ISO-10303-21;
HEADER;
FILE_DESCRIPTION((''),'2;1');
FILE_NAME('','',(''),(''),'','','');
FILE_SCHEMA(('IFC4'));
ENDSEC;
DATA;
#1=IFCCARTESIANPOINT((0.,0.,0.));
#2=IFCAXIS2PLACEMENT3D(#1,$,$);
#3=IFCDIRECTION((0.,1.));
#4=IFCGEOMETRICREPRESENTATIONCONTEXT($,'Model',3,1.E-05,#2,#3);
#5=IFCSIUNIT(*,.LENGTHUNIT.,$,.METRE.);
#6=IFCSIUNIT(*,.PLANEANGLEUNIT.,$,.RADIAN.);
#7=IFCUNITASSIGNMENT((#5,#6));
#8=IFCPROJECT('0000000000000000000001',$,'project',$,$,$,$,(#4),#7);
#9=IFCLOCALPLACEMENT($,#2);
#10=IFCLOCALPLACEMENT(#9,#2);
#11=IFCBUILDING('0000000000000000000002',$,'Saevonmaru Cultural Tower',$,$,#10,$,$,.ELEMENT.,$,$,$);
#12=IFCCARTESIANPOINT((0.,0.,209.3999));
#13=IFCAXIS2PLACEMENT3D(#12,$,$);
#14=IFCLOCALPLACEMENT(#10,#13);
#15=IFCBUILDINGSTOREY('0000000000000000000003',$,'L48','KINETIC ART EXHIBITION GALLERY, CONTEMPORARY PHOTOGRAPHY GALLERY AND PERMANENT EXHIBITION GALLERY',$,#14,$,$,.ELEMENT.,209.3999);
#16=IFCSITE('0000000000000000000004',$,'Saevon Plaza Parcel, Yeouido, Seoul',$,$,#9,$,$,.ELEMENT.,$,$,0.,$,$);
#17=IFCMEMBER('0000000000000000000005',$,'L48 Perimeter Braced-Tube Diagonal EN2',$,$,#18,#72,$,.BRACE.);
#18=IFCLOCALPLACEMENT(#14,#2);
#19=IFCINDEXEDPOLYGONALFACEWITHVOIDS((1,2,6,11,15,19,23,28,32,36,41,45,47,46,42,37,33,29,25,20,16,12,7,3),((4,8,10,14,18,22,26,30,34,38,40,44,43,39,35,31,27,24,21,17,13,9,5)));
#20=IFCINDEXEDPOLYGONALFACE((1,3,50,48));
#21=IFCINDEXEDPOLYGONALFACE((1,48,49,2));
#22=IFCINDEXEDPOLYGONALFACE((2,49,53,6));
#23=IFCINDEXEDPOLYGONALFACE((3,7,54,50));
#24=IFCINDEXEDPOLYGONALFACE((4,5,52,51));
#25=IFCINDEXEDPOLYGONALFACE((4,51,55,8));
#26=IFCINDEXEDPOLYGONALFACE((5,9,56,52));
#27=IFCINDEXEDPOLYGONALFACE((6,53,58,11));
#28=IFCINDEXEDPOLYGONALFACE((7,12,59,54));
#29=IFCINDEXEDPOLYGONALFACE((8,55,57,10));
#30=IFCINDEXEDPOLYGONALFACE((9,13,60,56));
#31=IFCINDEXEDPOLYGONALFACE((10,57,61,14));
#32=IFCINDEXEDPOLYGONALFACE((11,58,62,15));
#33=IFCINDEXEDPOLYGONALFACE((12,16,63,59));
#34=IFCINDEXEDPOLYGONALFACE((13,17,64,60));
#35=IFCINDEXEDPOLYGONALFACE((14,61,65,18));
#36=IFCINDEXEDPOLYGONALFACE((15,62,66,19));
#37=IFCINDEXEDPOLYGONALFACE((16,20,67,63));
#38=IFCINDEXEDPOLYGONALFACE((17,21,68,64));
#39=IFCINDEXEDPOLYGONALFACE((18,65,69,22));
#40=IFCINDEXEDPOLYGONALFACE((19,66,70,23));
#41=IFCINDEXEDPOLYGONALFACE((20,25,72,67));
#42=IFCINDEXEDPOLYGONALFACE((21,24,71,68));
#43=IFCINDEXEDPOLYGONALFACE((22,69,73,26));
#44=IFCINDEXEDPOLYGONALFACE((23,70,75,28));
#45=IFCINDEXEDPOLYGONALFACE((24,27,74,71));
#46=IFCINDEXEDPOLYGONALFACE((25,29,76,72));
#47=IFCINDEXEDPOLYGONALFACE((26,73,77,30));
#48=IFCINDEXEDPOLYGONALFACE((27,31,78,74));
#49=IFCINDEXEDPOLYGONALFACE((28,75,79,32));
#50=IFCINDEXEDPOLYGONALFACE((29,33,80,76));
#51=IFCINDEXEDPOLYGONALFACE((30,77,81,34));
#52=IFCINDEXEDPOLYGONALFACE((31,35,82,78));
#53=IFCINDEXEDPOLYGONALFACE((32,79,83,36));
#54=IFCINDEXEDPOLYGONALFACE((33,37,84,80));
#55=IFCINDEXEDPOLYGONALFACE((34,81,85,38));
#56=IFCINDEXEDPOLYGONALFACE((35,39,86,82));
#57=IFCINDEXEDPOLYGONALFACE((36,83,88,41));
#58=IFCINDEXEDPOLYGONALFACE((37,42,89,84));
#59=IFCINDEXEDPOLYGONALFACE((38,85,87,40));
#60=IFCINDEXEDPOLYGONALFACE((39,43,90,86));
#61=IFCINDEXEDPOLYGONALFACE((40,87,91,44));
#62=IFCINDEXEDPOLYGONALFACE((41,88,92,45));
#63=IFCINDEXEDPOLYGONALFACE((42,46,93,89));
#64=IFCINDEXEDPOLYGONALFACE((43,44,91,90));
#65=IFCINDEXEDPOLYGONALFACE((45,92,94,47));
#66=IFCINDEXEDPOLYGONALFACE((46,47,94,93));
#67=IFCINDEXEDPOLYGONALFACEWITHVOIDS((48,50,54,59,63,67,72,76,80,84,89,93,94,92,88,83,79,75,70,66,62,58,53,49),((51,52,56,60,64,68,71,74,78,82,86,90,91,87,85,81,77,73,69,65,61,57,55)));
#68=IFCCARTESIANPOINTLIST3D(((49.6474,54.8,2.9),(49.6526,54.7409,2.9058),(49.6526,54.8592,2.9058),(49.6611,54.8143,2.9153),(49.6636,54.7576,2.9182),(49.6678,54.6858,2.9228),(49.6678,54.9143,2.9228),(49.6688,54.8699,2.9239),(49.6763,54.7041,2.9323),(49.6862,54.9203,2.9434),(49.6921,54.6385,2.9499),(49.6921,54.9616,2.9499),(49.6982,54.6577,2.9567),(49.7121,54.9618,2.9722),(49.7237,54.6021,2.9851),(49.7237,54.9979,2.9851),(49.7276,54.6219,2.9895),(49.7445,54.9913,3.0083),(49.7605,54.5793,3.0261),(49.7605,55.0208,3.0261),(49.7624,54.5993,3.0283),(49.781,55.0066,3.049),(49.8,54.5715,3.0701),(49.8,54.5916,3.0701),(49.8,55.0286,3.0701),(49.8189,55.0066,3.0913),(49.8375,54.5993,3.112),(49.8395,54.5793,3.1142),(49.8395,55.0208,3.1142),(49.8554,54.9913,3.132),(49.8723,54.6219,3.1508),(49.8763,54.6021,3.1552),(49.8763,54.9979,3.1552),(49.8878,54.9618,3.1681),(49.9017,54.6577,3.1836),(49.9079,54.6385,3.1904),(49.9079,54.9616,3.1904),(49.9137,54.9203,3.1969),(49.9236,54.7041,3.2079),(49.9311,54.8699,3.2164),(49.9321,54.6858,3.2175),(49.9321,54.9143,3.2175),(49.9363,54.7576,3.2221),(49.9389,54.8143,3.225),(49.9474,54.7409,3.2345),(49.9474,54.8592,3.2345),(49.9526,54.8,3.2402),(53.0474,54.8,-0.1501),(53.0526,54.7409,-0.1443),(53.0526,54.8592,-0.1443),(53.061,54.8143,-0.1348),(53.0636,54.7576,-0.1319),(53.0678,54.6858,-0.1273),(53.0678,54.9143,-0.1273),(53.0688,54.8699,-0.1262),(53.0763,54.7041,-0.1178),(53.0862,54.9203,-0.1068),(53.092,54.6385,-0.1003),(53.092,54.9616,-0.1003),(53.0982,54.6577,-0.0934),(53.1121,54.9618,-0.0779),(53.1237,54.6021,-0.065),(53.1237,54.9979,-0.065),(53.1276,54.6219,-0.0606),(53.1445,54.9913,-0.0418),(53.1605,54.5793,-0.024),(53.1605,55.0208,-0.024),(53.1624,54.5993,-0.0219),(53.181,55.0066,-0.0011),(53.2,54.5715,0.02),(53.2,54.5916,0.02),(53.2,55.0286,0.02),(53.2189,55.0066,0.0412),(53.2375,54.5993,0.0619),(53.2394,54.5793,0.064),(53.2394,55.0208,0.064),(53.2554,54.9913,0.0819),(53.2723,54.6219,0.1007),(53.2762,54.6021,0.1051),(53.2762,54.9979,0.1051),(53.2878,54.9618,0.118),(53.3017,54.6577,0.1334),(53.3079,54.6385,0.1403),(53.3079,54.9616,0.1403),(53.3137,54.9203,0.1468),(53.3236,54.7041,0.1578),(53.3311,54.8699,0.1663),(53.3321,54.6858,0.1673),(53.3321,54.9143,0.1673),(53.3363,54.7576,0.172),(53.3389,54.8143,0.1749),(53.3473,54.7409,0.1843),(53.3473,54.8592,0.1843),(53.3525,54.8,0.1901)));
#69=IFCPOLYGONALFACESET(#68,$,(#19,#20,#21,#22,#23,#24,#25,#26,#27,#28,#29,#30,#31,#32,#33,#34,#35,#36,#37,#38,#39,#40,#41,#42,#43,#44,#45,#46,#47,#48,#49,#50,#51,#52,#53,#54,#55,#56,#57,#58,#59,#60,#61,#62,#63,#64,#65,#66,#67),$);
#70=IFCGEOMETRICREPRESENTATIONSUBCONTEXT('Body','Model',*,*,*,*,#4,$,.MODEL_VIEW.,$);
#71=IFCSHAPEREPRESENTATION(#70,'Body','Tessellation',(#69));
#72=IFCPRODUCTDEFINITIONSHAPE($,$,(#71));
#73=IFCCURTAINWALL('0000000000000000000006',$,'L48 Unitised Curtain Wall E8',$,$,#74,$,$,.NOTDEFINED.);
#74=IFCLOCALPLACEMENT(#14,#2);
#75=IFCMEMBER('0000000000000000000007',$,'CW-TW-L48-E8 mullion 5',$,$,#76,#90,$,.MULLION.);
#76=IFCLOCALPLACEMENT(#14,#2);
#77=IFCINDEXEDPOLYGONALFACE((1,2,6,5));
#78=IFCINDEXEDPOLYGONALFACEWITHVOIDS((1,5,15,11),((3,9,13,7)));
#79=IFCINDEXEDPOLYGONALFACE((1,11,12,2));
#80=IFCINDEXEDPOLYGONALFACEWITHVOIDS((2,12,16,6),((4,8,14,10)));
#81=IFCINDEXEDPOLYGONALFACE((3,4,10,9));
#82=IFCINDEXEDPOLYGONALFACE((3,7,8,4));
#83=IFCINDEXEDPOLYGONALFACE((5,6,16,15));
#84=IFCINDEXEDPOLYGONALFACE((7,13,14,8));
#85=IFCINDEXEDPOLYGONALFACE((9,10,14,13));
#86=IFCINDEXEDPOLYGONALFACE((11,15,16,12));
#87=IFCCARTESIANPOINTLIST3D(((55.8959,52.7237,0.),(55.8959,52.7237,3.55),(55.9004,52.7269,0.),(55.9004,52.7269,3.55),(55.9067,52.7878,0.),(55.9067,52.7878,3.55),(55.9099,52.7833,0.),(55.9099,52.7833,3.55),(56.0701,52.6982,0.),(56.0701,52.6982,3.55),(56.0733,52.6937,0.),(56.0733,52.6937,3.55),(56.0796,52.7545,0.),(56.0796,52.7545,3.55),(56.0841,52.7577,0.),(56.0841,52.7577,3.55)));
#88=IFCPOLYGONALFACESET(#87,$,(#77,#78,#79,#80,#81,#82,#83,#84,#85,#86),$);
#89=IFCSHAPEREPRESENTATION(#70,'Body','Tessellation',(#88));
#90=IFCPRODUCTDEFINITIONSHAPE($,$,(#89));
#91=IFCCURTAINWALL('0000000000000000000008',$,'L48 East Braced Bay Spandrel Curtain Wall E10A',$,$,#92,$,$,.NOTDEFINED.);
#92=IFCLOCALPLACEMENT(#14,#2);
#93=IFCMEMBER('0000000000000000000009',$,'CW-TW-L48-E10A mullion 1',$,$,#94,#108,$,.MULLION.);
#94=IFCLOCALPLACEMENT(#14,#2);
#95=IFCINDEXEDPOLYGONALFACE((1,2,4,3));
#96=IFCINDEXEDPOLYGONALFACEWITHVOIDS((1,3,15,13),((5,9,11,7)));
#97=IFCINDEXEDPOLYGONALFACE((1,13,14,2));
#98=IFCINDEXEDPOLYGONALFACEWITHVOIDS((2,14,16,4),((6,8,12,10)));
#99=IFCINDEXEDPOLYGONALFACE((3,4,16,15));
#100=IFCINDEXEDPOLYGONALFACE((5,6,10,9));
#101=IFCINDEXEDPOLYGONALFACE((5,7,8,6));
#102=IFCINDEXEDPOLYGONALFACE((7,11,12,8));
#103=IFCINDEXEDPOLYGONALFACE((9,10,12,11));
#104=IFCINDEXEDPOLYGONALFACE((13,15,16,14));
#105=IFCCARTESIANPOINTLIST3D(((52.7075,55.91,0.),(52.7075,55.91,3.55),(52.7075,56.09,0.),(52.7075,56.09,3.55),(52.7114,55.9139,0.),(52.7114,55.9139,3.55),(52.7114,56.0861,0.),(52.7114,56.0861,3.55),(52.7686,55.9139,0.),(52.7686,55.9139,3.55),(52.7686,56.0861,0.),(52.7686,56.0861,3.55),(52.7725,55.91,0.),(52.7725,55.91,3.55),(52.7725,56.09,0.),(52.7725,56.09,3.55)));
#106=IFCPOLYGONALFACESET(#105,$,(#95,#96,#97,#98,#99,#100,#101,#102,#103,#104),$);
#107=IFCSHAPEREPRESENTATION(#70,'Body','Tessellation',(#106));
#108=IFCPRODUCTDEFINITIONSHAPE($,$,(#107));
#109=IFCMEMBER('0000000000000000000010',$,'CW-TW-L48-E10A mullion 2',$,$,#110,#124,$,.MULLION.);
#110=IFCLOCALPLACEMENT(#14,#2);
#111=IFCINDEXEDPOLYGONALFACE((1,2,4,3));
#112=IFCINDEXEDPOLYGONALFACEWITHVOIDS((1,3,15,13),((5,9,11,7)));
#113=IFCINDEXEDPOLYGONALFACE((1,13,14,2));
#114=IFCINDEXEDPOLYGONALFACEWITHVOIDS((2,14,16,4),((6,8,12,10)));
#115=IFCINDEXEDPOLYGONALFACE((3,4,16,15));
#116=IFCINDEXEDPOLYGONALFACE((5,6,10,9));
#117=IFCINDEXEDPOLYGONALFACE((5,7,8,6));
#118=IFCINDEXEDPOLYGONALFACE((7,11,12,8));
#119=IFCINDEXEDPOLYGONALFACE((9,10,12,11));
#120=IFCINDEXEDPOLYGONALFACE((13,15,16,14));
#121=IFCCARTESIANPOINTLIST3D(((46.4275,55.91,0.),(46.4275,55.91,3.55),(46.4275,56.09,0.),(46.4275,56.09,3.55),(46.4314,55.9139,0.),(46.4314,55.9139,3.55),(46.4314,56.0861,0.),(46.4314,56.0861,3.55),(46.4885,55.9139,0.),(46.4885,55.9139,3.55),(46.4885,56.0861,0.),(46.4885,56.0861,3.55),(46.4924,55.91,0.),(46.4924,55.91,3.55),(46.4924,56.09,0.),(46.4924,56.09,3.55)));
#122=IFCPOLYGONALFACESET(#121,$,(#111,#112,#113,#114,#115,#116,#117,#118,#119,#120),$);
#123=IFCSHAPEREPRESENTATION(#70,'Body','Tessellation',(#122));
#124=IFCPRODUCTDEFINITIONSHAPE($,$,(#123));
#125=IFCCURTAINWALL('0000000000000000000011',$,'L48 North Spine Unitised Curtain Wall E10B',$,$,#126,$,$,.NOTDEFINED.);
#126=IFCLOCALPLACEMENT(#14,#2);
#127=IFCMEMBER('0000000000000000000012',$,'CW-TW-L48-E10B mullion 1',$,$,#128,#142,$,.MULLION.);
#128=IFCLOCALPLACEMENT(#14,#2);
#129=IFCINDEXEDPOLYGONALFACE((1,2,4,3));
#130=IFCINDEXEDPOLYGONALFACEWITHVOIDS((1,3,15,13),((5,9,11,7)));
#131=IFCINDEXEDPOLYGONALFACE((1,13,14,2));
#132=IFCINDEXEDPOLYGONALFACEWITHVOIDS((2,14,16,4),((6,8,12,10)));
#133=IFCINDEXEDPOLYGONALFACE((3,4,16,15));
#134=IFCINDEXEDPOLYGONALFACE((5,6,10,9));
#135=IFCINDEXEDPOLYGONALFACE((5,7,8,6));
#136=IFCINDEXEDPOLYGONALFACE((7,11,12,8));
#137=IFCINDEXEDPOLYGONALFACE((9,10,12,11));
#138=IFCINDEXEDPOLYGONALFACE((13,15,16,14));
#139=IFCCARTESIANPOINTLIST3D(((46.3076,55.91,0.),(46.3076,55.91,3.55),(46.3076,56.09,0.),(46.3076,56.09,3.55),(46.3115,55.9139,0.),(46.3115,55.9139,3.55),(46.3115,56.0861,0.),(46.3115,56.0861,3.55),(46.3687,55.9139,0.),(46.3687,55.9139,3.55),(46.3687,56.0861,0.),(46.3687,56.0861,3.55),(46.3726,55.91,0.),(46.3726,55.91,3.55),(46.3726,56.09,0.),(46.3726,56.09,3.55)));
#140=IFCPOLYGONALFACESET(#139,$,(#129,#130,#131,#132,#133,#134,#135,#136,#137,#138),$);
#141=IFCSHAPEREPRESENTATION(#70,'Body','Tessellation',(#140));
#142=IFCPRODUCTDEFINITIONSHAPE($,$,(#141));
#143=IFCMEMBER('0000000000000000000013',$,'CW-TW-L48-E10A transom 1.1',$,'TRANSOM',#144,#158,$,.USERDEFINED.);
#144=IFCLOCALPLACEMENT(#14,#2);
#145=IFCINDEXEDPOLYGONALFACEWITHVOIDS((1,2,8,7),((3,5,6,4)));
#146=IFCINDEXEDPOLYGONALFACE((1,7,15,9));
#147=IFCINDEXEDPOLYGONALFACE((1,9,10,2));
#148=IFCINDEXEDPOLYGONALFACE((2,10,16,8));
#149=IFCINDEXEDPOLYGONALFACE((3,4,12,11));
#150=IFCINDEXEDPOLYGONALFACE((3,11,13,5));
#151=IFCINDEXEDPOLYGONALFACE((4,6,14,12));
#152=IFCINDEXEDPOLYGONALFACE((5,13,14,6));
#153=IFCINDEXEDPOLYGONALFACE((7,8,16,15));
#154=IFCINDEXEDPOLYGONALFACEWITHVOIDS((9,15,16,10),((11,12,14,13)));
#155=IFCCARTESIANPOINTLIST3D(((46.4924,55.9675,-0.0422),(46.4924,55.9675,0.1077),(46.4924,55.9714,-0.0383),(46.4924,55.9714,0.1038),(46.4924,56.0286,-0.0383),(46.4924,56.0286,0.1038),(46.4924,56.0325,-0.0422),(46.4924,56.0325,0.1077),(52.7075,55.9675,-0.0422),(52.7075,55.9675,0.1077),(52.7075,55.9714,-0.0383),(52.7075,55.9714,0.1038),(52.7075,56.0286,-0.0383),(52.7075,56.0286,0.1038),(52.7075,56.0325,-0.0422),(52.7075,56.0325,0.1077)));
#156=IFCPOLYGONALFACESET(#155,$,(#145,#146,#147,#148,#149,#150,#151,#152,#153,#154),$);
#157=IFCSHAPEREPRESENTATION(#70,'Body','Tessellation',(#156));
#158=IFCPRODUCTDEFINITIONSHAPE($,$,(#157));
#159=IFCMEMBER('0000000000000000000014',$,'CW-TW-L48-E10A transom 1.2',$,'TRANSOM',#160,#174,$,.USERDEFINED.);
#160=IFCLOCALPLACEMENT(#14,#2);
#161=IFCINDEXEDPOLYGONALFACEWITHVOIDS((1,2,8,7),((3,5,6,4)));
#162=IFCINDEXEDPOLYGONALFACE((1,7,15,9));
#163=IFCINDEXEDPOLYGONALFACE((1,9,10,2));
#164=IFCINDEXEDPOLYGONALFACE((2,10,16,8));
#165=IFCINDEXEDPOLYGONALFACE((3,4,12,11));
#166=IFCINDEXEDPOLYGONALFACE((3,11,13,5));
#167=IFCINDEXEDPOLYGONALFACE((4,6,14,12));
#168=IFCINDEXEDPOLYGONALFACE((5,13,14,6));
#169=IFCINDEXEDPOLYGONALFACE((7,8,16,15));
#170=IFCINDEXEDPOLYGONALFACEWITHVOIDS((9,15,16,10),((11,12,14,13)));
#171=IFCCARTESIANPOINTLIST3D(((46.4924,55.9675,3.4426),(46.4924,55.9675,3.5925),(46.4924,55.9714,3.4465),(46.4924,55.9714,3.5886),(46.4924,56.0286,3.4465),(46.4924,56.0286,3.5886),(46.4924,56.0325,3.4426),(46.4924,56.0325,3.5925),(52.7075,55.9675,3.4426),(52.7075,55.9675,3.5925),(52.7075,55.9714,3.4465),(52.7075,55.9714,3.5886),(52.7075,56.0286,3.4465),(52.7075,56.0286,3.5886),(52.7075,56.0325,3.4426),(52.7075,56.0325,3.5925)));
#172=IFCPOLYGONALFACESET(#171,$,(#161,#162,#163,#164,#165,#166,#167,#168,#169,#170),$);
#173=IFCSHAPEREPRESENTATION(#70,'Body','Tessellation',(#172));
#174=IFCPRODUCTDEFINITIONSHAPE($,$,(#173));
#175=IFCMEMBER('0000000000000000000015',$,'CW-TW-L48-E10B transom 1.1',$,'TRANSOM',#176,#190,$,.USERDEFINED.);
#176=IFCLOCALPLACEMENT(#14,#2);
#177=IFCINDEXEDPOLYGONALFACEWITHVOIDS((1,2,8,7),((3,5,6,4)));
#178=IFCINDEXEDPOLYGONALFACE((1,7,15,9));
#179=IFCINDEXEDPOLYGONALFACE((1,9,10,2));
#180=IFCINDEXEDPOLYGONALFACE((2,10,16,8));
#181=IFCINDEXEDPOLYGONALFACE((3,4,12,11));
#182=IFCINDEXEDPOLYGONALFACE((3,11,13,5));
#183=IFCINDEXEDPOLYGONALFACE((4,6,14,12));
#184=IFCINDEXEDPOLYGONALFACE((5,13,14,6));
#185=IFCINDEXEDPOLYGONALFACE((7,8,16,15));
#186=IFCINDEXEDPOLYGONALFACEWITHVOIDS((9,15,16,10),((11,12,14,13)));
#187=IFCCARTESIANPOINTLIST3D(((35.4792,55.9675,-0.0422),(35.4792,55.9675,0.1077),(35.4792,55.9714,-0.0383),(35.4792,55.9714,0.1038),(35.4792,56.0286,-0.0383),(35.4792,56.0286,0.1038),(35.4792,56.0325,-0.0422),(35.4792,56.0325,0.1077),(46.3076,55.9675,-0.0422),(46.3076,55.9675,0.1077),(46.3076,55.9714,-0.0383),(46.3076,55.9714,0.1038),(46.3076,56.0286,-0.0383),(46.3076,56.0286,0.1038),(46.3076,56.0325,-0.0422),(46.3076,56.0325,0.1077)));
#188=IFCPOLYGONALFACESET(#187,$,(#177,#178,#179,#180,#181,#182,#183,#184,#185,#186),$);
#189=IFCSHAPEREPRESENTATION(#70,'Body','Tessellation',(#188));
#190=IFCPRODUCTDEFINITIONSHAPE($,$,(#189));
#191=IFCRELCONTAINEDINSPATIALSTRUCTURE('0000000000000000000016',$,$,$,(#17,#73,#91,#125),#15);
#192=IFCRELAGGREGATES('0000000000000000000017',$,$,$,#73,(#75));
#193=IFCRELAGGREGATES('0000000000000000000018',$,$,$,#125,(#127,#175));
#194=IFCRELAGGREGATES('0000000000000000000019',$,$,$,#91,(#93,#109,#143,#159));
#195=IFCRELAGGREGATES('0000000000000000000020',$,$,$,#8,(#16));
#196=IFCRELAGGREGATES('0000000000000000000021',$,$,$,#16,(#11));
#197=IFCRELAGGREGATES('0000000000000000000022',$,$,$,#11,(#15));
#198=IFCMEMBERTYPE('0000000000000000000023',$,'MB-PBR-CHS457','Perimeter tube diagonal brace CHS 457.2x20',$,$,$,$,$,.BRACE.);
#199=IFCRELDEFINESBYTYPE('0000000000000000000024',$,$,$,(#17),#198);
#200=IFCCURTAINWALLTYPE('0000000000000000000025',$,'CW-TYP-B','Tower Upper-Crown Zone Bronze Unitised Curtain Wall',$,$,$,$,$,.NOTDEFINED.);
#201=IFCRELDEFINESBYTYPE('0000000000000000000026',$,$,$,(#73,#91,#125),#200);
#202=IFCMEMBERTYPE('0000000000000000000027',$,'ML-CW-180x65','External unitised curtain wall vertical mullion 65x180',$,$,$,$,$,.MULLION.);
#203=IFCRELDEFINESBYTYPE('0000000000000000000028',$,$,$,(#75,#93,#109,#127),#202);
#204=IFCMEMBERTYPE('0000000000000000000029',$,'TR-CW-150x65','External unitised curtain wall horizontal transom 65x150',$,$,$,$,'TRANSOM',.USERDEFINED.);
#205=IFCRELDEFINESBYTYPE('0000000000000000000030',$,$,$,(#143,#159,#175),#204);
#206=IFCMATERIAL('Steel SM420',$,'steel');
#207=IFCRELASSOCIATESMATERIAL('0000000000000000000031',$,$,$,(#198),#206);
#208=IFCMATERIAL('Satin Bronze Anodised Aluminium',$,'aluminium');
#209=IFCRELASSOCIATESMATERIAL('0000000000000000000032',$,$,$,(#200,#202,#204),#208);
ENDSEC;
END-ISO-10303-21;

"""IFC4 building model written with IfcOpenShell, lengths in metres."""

from ifc_helpers import new_model, si_unit, direction, frame, origin, origin_2d, place, context, subcontext, project, spatial, hollow_rectangle, hollow_circle, extrude, material, material_profile, profile_set, type_object, element, aggregate, save


model = new_model("IFC4")

# Units and contexts
model_context = context("Model", 3, precision=1e-05, world=origin(), true_north=direction((0.0, 1.0)))
body_context = subcontext(model_context, "Body", "Model", "MODEL_VIEW")
ifc_project = project(units=[si_unit("LENGTHUNIT", "METRE"), si_unit("PLANEANGLEUNIT", "RADIAN")], contexts=[model_context])

# Site, building, storey
site_placement = place(None, origin())
site = spatial("IfcSite", under=ifc_project, at=site_placement, Name="Saevon Plaza Parcel, Yeouido, Seoul", CompositionType="ELEMENT", RefElevation=0.0)
building_placement = place(site_placement, origin())
building = spatial("IfcBuilding", under=site, at=building_placement, Name="Saevonmaru Cultural Tower", CompositionType="ELEMENT")
storey_placement = place(building_placement, frame((0.0, 0.0, 209.3999)))
storey = spatial("IfcBuildingStorey", under=building, at=storey_placement, Name="L48", Description="KINETIC ART EXHIBITION GALLERY, CONTEMPORARY PHOTOGRAPHY GALLERY AND PERMANENT EXHIBITION GALLERY", CompositionType="ELEMENT", Elevation=209.3999)

# Shared definitions
ifc_material_1 = material(Name="Steel SM420", Category="steel")

# Member
ifc_material_profile_1 = material_profile(ifc_material_1, hollow_circle(Radius=0.2285, WallThickness=0.02, at=origin_2d()), Name="CHS-457.2x20")
ifc_profile_set_1 = profile_set([ifc_material_profile_1], Name="Steel SM420")
member_type_1 = type_object("IfcMemberType", Name="MB-PBR-CHS457", Description="Perimeter tube diagonal brace CHS 457.2x20", PredefinedType="BRACE", material=ifc_profile_set_1)
for number, where, z_axis, x_axis, name in (
    (1, (53.2, 54.8, 0.02), (-0.744367, 0.0, 0.667771), (0.0, -1.0, 0.0), "L48 Perimeter Braced-Tube Diagonal EN2"),
):
    element("IfcMember", number, at=place(storey_placement, frame(where, z_axis=z_axis, x_axis=x_axis)), inside=storey, type_object=member_type_1, Name=name, PredefinedType="BRACE", context=body_context, shape_type="SweptSolid", body=[
        extrude(hollow_circle(Radius=0.2285, WallThickness=0.02, at=origin_2d()), origin(), (0.0, 0.0, 1.0), 4.5676),
    ])

# Curtain wall, member
ifc_material_2 = material(Name="Satin Bronze Anodised Aluminium", Category="aluminium")
curtain_wall_type = type_object("IfcCurtainWallType", Name="CW-TYP-B", Description="Tower Upper-Crown Zone Bronze Unitised Curtain Wall", PredefinedType="NOTDEFINED", material=ifc_material_2)
curtain_wall_1_placement = place(storey_placement, origin())
curtain_wall_1 = element("IfcCurtainWall", 2, at=curtain_wall_1_placement, inside=storey, type_object=curtain_wall_type, Name="L48 Unitised Curtain Wall E8", PredefinedType="NOTDEFINED")
ifc_material_profile_2 = material_profile(ifc_material_2, hollow_rectangle(XDim=0.0649, YDim=0.1799, WallThickness=0.0039, at=origin_2d()), Name="ALU-MULL-180x65x4")
ifc_profile_set_2 = profile_set([ifc_material_profile_2], Name="Satin Bronze Anodised Aluminium")
member_type_2 = type_object("IfcMemberType", Name="ML-CW-180x65", Description="External unitised curtain wall vertical mullion 65x180", PredefinedType="MULLION", material=ifc_profile_set_2)
member_1_placement = place(storey_placement, frame((55.99, 52.7407, 0.0), z_axis=(0.0, 0.0, 1.0), x_axis=(0.166922, 0.98597, 0.0)))
member_1 = element("IfcMember", 3, at=member_1_placement, type_object=member_type_2, Name="CW-TW-L48-E8 mullion 5", PredefinedType="MULLION", context=body_context, shape_type="SweptSolid", body=[
    extrude(hollow_rectangle(XDim=0.0649, YDim=0.1799, WallThickness=0.0039, at=origin_2d()), origin(), (0.0, 0.0, 1.0), 3.55),
])
aggregate(curtain_wall_1, [member_1])

# Curtain wall, members
curtain_wall_2_placement = place(storey_placement, origin())
curtain_wall_2 = element("IfcCurtainWall", 4, at=curtain_wall_2_placement, inside=storey, type_object=curtain_wall_type, Name="L48 East Braced Bay Spandrel Curtain Wall E10A", PredefinedType="NOTDEFINED")
member_2_placement = place(storey_placement, frame((52.74, 56.0, 0.0), z_axis=(0.0, 0.0, 1.0), x_axis=(-1.0, 0.0, 0.0)))
member_2 = element("IfcMember", 5, at=member_2_placement, type_object=member_type_2, Name="CW-TW-L48-E10A mullion 1", PredefinedType="MULLION", context=body_context, shape_type="SweptSolid", body=[
    extrude(hollow_rectangle(XDim=0.0649, YDim=0.1799, WallThickness=0.0039, at=origin_2d()), origin(), (0.0, 0.0, 1.0), 3.55),
])
member_3_placement = place(storey_placement, frame((46.46, 56.0, 0.0), z_axis=(0.0, 0.0, 1.0), x_axis=(-1.0, 0.0, 0.0)))
member_3 = element("IfcMember", 6, at=member_3_placement, type_object=member_type_2, Name="CW-TW-L48-E10A mullion 2", PredefinedType="MULLION", context=body_context, shape_type="SweptSolid", body=[
    extrude(hollow_rectangle(XDim=0.0649, YDim=0.1799, WallThickness=0.0039, at=origin_2d()), origin(), (0.0, 0.0, 1.0), 3.55),
])

# Curtain wall, member
curtain_wall_3_placement = place(storey_placement, origin())
curtain_wall_3 = element("IfcCurtainWall", 7, at=curtain_wall_3_placement, inside=storey, type_object=curtain_wall_type, Name="L48 North Spine Unitised Curtain Wall E10B", PredefinedType="NOTDEFINED")
member_4_placement = place(storey_placement, frame((46.3401, 56.0, 0.0), z_axis=(0.0, 0.0, 1.0), x_axis=(-1.0, 0.0, 0.0)))
member_4 = element("IfcMember", 8, at=member_4_placement, type_object=member_type_2, Name="CW-TW-L48-E10B mullion 1", PredefinedType="MULLION", context=body_context, shape_type="SweptSolid", body=[
    extrude(hollow_rectangle(XDim=0.0649, YDim=0.1799, WallThickness=0.0039, at=origin_2d()), origin(), (0.0, 0.0, 1.0), 3.55),
])

# Members
ifc_material_profile_3 = material_profile(ifc_material_2, hollow_rectangle(XDim=0.0649, YDim=0.1499, WallThickness=0.0039, at=origin_2d()), Name="ALU-TRAN-150x65x4")
ifc_profile_set_3 = profile_set([ifc_material_profile_3], Name="Satin Bronze Anodised Aluminium")
member_type_3 = type_object("IfcMemberType", Name="TR-CW-150x65", Description="External unitised curtain wall horizontal transom 65x150", ElementType="TRANSOM", PredefinedType="USERDEFINED", material=ifc_profile_set_3)
member_5_placement = place(storey_placement, frame((52.7075, 56.0, 0.0327), z_axis=(-1.0, 0.0, 0.0), x_axis=(0.0, -1.0, 0.0)))
member_5 = element("IfcMember", 9, at=member_5_placement, type_object=member_type_3, Name="CW-TW-L48-E10A transom 1.1", ObjectType="TRANSOM", PredefinedType="USERDEFINED", context=body_context, shape_type="SweptSolid", body=[
    extrude(hollow_rectangle(XDim=0.0649, YDim=0.1499, WallThickness=0.0039, at=origin_2d()), origin(), (0.0, 0.0, 1.0), 6.2151),
])
member_6_placement = place(storey_placement, frame((52.7075, 56.0, 3.5176), z_axis=(-1.0, 0.0, 0.0), x_axis=(0.0, -1.0, 0.0)))
member_6 = element("IfcMember", 10, at=member_6_placement, type_object=member_type_3, Name="CW-TW-L48-E10A transom 1.2", ObjectType="TRANSOM", PredefinedType="USERDEFINED", context=body_context, shape_type="SweptSolid", body=[
    extrude(hollow_rectangle(XDim=0.0649, YDim=0.1499, WallThickness=0.0039, at=origin_2d()), origin(), (0.0, 0.0, 1.0), 6.2151),
])
member_7_placement = place(storey_placement, frame((46.3076, 56.0, 0.0327), z_axis=(-1.0, 0.0, 0.0), x_axis=(0.0, -1.0, 0.0)))
member_7 = element("IfcMember", 11, at=member_7_placement, type_object=member_type_3, Name="CW-TW-L48-E10B transom 1.1", ObjectType="TRANSOM", PredefinedType="USERDEFINED", context=body_context, shape_type="SweptSolid", body=[
    extrude(hollow_rectangle(XDim=0.0649, YDim=0.1499, WallThickness=0.0039, at=origin_2d()), origin(), (0.0, 0.0, 1.0), 10.8284),
])
aggregate(curtain_wall_3, [member_4, member_7])

aggregate(curtain_wall_2, [member_2, member_3, member_5, member_6])

save(model, "model.ifc")
